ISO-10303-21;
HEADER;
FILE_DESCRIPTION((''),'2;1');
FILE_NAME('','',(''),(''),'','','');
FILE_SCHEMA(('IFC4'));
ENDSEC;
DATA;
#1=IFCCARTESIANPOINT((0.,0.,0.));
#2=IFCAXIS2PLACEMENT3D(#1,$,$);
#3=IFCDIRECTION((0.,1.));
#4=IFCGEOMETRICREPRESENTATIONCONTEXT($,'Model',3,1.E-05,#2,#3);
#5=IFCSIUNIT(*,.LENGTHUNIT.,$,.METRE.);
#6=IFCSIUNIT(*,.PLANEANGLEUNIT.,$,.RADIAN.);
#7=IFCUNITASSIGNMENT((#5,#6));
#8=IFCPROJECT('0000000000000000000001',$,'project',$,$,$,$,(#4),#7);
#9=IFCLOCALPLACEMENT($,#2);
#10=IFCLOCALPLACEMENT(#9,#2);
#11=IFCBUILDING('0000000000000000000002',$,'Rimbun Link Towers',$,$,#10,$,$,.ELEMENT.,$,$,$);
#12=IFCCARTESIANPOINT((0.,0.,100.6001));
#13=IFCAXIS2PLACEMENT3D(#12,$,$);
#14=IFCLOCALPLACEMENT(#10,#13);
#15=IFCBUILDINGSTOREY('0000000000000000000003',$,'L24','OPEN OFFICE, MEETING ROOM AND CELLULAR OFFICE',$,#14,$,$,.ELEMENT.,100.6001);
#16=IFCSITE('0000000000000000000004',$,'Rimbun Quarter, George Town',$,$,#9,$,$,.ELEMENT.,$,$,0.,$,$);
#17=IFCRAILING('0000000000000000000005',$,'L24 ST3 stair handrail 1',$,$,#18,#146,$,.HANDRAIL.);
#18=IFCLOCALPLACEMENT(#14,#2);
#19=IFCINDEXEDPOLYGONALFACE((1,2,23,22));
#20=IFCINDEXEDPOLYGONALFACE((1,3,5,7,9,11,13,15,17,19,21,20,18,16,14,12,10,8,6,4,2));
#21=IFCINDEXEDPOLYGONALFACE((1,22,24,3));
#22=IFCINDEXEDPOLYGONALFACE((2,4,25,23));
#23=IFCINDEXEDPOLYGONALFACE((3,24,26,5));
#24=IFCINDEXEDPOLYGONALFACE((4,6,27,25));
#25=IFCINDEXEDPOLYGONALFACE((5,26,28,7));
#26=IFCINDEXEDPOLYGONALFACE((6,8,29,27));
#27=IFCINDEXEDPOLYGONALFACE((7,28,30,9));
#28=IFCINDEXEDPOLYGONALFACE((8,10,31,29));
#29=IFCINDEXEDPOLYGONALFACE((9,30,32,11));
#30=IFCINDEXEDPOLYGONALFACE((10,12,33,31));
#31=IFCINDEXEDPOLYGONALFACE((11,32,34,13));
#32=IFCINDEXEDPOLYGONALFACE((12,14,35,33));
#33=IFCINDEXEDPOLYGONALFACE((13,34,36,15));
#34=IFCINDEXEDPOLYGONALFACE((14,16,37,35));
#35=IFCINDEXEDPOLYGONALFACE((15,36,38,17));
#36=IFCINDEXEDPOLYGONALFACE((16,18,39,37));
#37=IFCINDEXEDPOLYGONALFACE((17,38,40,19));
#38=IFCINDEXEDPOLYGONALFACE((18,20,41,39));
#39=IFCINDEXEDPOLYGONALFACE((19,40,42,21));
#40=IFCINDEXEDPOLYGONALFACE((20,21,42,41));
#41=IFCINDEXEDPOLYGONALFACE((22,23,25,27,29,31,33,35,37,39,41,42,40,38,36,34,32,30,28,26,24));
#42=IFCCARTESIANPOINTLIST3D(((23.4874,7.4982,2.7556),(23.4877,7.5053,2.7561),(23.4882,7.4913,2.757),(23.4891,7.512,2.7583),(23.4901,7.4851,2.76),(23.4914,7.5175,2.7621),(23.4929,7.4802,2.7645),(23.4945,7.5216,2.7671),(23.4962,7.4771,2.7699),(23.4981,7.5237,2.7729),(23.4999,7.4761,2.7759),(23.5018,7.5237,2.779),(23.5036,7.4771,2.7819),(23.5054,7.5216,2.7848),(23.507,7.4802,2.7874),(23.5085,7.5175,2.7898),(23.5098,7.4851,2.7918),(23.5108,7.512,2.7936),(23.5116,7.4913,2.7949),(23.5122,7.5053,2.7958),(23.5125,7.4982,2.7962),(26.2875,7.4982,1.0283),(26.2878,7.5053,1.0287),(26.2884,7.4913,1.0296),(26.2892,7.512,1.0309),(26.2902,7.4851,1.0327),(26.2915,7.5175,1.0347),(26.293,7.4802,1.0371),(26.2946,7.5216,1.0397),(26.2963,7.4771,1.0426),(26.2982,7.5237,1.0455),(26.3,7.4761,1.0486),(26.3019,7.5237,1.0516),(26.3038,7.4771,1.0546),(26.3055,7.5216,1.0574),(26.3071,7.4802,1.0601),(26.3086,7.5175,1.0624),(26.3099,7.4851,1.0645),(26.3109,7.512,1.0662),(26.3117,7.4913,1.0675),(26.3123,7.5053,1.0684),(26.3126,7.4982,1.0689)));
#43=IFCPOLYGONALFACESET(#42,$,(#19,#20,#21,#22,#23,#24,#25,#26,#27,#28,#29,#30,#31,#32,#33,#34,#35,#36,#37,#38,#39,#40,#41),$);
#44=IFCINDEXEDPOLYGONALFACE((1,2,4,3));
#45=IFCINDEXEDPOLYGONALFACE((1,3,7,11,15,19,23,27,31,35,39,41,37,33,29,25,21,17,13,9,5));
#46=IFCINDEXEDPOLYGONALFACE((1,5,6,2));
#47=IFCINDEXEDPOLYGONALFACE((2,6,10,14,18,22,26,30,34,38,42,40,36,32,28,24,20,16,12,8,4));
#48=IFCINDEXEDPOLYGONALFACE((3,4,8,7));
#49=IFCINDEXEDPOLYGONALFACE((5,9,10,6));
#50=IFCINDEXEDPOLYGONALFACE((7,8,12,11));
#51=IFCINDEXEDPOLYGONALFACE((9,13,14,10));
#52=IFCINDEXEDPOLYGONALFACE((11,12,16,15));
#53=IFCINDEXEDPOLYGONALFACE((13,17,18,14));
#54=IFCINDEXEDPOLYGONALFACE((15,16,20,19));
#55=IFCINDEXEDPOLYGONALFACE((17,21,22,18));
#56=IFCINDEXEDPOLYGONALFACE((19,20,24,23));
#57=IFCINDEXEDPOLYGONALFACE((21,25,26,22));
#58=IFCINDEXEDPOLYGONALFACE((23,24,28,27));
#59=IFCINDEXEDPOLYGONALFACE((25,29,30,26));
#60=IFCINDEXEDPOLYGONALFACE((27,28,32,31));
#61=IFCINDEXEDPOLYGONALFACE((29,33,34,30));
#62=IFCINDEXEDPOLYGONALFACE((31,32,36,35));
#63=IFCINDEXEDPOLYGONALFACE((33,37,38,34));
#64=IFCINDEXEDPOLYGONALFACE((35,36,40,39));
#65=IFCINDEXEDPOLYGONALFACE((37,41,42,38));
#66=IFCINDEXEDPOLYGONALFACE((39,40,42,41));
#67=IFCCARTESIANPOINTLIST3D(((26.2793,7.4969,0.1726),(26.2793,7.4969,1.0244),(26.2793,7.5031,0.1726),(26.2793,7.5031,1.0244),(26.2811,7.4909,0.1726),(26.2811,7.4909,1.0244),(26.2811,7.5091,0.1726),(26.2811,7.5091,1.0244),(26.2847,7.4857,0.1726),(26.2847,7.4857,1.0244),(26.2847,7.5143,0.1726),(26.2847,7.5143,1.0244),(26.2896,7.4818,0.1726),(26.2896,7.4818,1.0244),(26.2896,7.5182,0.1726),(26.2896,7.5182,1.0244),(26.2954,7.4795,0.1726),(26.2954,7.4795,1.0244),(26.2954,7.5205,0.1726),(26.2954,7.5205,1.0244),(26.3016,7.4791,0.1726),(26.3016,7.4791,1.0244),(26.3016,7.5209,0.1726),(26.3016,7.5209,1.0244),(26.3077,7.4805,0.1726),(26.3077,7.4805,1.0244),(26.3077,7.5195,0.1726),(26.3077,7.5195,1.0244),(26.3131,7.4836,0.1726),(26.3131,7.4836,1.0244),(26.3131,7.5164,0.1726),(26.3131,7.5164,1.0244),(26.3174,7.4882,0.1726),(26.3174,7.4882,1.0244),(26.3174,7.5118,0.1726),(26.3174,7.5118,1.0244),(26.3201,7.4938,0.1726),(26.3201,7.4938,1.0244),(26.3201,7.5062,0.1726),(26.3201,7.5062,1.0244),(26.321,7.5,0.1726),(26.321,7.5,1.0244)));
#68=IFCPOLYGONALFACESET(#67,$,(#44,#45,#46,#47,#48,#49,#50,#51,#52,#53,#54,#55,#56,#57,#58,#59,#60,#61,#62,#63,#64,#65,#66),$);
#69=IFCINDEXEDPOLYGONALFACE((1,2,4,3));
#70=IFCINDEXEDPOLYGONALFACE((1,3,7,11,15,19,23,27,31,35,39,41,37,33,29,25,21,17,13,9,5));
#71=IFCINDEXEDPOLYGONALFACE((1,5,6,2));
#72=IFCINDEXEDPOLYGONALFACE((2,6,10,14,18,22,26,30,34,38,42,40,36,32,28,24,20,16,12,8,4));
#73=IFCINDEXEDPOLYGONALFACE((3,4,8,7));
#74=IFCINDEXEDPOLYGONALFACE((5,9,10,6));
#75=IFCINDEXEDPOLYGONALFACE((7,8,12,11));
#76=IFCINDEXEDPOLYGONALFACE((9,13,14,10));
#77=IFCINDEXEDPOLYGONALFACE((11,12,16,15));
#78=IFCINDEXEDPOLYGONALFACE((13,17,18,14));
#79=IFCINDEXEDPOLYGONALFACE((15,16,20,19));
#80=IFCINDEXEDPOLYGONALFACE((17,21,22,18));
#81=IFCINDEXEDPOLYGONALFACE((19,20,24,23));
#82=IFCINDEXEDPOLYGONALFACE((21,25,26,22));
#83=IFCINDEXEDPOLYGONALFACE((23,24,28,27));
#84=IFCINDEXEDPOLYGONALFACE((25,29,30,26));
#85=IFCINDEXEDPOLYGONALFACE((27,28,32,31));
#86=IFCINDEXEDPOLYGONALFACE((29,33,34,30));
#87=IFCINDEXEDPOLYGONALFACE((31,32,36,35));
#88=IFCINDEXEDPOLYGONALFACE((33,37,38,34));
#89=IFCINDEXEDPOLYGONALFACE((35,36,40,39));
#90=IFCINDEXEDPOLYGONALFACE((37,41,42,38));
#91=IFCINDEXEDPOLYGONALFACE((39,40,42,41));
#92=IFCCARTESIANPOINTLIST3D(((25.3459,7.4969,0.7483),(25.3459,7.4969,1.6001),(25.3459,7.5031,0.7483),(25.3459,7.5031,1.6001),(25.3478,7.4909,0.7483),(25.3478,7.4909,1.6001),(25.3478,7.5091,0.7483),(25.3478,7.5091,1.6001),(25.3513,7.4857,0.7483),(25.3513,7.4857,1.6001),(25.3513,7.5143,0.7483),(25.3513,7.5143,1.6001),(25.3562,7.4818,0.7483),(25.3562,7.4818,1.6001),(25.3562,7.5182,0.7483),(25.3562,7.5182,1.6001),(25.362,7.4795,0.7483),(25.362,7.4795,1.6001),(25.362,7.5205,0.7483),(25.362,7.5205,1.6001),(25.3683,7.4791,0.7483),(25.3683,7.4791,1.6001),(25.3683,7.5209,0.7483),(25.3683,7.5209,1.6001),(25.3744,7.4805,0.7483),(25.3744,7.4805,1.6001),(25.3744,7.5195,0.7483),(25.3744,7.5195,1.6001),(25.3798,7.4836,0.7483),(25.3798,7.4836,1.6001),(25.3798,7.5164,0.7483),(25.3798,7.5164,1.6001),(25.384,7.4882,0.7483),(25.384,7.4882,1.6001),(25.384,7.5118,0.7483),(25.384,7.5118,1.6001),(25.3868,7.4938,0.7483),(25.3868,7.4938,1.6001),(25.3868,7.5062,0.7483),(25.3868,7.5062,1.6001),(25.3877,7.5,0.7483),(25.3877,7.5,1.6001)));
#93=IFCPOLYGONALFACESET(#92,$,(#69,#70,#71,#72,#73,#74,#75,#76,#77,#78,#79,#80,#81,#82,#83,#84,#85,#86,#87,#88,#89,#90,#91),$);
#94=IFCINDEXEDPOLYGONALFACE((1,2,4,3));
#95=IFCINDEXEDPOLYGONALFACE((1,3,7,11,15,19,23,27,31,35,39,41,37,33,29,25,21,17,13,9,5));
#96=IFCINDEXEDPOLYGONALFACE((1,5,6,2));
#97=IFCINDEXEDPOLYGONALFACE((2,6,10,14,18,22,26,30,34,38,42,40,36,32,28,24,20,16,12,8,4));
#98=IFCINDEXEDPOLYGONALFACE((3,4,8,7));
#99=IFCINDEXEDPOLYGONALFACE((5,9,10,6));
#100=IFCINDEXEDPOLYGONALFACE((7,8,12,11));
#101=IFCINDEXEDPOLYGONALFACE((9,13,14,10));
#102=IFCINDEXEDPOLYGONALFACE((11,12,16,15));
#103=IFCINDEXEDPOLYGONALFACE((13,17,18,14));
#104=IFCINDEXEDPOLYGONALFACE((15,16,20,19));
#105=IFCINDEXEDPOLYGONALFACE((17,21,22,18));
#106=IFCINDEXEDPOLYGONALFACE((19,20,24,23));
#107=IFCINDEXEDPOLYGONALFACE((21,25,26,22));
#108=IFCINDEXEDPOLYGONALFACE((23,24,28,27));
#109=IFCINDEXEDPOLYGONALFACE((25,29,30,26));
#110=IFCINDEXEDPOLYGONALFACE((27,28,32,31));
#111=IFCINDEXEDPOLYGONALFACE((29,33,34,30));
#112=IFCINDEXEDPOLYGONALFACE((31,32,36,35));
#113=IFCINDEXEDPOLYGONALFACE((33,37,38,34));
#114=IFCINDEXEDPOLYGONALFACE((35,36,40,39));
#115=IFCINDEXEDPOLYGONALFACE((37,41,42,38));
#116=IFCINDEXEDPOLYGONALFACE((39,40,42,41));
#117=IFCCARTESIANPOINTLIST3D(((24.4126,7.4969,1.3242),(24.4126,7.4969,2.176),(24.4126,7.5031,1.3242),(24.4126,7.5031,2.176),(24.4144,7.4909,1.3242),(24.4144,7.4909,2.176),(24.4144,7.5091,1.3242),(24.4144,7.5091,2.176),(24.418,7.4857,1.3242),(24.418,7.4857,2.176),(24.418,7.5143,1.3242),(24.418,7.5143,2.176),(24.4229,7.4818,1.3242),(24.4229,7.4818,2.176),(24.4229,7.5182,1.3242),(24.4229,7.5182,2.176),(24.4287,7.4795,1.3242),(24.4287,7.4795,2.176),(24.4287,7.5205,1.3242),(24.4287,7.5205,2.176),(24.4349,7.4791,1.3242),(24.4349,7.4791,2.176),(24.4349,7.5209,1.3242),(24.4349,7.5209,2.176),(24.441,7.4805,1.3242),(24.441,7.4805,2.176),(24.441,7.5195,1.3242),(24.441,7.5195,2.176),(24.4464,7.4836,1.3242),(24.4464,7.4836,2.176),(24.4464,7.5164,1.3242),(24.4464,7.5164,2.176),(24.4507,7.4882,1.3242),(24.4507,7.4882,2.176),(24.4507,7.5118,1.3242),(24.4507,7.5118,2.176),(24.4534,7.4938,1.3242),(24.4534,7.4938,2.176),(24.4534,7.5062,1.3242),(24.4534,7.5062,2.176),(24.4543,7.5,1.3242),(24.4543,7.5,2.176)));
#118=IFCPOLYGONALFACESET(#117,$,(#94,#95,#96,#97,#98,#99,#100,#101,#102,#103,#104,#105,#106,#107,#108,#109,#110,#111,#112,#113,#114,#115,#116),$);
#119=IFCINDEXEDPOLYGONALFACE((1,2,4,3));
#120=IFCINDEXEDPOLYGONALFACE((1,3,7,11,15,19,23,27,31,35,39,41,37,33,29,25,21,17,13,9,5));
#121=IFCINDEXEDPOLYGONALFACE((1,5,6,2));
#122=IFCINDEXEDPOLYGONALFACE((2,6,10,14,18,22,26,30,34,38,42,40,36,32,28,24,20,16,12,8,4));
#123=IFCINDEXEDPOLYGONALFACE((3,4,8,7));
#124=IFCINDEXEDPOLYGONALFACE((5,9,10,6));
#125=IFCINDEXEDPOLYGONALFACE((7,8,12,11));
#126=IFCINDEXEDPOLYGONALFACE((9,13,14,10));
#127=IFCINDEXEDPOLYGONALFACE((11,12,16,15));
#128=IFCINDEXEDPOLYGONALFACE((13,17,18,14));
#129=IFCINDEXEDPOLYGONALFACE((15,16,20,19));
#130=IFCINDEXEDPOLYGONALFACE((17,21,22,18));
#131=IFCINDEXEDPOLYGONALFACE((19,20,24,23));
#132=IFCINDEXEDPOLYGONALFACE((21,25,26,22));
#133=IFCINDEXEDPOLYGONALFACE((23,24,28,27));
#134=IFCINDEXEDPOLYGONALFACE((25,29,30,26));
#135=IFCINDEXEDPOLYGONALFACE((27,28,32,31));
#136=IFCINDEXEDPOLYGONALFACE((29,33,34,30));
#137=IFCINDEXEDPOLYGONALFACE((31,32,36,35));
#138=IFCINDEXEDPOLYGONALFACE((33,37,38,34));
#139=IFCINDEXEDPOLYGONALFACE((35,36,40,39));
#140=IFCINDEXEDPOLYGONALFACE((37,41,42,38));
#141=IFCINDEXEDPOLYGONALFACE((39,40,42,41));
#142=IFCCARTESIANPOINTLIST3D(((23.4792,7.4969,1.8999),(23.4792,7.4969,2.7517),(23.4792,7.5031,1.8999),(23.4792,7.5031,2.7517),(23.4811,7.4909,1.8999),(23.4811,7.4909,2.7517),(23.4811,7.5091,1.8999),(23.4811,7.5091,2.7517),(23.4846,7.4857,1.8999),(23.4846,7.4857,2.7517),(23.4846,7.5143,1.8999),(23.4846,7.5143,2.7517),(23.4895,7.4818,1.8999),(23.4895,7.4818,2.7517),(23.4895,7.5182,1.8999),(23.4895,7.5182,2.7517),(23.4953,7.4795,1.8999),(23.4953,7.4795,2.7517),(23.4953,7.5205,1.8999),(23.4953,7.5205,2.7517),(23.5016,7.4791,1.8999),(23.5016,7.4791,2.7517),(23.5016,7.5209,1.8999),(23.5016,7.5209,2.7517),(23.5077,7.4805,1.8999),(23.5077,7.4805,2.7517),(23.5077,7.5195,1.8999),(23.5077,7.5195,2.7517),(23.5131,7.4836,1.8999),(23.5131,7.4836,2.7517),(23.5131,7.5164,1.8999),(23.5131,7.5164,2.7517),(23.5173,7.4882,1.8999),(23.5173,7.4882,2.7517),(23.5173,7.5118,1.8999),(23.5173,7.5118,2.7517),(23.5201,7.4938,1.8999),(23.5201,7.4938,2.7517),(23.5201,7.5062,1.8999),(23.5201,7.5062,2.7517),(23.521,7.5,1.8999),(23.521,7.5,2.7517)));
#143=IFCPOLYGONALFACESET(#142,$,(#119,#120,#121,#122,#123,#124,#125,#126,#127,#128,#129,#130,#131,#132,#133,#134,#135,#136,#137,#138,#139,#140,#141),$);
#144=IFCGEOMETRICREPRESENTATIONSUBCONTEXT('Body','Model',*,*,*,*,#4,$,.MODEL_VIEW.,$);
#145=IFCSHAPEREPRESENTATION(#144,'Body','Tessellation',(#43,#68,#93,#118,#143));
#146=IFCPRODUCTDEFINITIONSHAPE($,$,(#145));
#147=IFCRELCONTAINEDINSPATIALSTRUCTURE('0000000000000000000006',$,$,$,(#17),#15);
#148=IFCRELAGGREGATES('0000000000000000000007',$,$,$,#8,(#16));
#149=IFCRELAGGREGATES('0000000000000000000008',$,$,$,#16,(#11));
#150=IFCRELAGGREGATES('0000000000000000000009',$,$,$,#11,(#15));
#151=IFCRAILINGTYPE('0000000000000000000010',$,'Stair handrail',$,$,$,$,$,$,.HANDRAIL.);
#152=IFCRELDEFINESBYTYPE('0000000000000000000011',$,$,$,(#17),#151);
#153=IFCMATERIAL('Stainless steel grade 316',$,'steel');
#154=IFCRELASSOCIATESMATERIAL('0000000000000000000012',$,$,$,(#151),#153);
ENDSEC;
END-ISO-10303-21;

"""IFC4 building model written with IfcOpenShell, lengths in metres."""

from ifc_helpers import new_model, si_unit, direction, frame, origin, origin_2d, place, context, subcontext, project, spatial, circle, extrude, material, type_object, element, save


model = new_model("IFC4")

# Units and contexts
model_context = context("Model", 3, precision=1e-05, world=origin(), true_north=direction((0.0, 1.0)))
body_context = subcontext(model_context, "Body", "Model", "MODEL_VIEW")
ifc_project = project(units=[si_unit("LENGTHUNIT", "METRE"), si_unit("PLANEANGLEUNIT", "RADIAN")], contexts=[model_context])

# Site, building, storey
site_placement = place(None, origin())
site = spatial("IfcSite", under=ifc_project, at=site_placement, Name="Rimbun Quarter, George Town", CompositionType="ELEMENT", RefElevation=0.0)
building_placement = place(site_placement, origin())
building = spatial("IfcBuilding", under=site, at=building_placement, Name="Rimbun Link Towers", CompositionType="ELEMENT")
storey_placement = place(building_placement, frame((0.0, 0.0, 100.6001)))
storey = spatial("IfcBuildingStorey", under=building, at=storey_placement, Name="L24", Description="OPEN OFFICE, MEETING ROOM AND CELLULAR OFFICE", CompositionType="ELEMENT", Elevation=100.6001)

# Railing
ifc_material_1 = material(Name="Stainless steel grade 316", Category="steel")
railing_type_1 = type_object("IfcRailingType", Name="Stair handrail", PredefinedType="HANDRAIL", material=ifc_material_1)
railing_1_placement = place(storey_placement, frame((26.3, 7.5, 0.1726)))
element("IfcRailing", 1, at=railing_1_placement, inside=storey, type_object=railing_type_1, Name="L24 ST3 stair handrail 1", PredefinedType="HANDRAIL", context=body_context, shape_type="SweptSolid", body=[
    extrude(circle(Radius=0.0239, at=origin_2d()), frame((0.0, 0.0, 0.876), z_axis=(-0.85109, 0.0, 0.52502), x_axis=(0.0, -1.0, 0.0)), (0.0, 0.0, 1.0), 3.29),
    extrude(circle(Radius=0.021, at=origin_2d()), origin(), (0.0, 0.0, 1.0), 0.8518),
    extrude(circle(Radius=0.021, at=origin_2d()), frame((-0.9333, 0.0, 0.5757)), (0.0, 0.0, 1.0), 0.8518),
    extrude(circle(Radius=0.021, at=origin_2d()), frame((-1.8667, 0.0, 1.1516)), (0.0, 0.0, 1.0), 0.8518),
    extrude(circle(Radius=0.021, at=origin_2d()), frame((-2.8, 0.0, 1.7273)), (0.0, 0.0, 1.0), 0.8518),
])

save(model, "model.ifc")
